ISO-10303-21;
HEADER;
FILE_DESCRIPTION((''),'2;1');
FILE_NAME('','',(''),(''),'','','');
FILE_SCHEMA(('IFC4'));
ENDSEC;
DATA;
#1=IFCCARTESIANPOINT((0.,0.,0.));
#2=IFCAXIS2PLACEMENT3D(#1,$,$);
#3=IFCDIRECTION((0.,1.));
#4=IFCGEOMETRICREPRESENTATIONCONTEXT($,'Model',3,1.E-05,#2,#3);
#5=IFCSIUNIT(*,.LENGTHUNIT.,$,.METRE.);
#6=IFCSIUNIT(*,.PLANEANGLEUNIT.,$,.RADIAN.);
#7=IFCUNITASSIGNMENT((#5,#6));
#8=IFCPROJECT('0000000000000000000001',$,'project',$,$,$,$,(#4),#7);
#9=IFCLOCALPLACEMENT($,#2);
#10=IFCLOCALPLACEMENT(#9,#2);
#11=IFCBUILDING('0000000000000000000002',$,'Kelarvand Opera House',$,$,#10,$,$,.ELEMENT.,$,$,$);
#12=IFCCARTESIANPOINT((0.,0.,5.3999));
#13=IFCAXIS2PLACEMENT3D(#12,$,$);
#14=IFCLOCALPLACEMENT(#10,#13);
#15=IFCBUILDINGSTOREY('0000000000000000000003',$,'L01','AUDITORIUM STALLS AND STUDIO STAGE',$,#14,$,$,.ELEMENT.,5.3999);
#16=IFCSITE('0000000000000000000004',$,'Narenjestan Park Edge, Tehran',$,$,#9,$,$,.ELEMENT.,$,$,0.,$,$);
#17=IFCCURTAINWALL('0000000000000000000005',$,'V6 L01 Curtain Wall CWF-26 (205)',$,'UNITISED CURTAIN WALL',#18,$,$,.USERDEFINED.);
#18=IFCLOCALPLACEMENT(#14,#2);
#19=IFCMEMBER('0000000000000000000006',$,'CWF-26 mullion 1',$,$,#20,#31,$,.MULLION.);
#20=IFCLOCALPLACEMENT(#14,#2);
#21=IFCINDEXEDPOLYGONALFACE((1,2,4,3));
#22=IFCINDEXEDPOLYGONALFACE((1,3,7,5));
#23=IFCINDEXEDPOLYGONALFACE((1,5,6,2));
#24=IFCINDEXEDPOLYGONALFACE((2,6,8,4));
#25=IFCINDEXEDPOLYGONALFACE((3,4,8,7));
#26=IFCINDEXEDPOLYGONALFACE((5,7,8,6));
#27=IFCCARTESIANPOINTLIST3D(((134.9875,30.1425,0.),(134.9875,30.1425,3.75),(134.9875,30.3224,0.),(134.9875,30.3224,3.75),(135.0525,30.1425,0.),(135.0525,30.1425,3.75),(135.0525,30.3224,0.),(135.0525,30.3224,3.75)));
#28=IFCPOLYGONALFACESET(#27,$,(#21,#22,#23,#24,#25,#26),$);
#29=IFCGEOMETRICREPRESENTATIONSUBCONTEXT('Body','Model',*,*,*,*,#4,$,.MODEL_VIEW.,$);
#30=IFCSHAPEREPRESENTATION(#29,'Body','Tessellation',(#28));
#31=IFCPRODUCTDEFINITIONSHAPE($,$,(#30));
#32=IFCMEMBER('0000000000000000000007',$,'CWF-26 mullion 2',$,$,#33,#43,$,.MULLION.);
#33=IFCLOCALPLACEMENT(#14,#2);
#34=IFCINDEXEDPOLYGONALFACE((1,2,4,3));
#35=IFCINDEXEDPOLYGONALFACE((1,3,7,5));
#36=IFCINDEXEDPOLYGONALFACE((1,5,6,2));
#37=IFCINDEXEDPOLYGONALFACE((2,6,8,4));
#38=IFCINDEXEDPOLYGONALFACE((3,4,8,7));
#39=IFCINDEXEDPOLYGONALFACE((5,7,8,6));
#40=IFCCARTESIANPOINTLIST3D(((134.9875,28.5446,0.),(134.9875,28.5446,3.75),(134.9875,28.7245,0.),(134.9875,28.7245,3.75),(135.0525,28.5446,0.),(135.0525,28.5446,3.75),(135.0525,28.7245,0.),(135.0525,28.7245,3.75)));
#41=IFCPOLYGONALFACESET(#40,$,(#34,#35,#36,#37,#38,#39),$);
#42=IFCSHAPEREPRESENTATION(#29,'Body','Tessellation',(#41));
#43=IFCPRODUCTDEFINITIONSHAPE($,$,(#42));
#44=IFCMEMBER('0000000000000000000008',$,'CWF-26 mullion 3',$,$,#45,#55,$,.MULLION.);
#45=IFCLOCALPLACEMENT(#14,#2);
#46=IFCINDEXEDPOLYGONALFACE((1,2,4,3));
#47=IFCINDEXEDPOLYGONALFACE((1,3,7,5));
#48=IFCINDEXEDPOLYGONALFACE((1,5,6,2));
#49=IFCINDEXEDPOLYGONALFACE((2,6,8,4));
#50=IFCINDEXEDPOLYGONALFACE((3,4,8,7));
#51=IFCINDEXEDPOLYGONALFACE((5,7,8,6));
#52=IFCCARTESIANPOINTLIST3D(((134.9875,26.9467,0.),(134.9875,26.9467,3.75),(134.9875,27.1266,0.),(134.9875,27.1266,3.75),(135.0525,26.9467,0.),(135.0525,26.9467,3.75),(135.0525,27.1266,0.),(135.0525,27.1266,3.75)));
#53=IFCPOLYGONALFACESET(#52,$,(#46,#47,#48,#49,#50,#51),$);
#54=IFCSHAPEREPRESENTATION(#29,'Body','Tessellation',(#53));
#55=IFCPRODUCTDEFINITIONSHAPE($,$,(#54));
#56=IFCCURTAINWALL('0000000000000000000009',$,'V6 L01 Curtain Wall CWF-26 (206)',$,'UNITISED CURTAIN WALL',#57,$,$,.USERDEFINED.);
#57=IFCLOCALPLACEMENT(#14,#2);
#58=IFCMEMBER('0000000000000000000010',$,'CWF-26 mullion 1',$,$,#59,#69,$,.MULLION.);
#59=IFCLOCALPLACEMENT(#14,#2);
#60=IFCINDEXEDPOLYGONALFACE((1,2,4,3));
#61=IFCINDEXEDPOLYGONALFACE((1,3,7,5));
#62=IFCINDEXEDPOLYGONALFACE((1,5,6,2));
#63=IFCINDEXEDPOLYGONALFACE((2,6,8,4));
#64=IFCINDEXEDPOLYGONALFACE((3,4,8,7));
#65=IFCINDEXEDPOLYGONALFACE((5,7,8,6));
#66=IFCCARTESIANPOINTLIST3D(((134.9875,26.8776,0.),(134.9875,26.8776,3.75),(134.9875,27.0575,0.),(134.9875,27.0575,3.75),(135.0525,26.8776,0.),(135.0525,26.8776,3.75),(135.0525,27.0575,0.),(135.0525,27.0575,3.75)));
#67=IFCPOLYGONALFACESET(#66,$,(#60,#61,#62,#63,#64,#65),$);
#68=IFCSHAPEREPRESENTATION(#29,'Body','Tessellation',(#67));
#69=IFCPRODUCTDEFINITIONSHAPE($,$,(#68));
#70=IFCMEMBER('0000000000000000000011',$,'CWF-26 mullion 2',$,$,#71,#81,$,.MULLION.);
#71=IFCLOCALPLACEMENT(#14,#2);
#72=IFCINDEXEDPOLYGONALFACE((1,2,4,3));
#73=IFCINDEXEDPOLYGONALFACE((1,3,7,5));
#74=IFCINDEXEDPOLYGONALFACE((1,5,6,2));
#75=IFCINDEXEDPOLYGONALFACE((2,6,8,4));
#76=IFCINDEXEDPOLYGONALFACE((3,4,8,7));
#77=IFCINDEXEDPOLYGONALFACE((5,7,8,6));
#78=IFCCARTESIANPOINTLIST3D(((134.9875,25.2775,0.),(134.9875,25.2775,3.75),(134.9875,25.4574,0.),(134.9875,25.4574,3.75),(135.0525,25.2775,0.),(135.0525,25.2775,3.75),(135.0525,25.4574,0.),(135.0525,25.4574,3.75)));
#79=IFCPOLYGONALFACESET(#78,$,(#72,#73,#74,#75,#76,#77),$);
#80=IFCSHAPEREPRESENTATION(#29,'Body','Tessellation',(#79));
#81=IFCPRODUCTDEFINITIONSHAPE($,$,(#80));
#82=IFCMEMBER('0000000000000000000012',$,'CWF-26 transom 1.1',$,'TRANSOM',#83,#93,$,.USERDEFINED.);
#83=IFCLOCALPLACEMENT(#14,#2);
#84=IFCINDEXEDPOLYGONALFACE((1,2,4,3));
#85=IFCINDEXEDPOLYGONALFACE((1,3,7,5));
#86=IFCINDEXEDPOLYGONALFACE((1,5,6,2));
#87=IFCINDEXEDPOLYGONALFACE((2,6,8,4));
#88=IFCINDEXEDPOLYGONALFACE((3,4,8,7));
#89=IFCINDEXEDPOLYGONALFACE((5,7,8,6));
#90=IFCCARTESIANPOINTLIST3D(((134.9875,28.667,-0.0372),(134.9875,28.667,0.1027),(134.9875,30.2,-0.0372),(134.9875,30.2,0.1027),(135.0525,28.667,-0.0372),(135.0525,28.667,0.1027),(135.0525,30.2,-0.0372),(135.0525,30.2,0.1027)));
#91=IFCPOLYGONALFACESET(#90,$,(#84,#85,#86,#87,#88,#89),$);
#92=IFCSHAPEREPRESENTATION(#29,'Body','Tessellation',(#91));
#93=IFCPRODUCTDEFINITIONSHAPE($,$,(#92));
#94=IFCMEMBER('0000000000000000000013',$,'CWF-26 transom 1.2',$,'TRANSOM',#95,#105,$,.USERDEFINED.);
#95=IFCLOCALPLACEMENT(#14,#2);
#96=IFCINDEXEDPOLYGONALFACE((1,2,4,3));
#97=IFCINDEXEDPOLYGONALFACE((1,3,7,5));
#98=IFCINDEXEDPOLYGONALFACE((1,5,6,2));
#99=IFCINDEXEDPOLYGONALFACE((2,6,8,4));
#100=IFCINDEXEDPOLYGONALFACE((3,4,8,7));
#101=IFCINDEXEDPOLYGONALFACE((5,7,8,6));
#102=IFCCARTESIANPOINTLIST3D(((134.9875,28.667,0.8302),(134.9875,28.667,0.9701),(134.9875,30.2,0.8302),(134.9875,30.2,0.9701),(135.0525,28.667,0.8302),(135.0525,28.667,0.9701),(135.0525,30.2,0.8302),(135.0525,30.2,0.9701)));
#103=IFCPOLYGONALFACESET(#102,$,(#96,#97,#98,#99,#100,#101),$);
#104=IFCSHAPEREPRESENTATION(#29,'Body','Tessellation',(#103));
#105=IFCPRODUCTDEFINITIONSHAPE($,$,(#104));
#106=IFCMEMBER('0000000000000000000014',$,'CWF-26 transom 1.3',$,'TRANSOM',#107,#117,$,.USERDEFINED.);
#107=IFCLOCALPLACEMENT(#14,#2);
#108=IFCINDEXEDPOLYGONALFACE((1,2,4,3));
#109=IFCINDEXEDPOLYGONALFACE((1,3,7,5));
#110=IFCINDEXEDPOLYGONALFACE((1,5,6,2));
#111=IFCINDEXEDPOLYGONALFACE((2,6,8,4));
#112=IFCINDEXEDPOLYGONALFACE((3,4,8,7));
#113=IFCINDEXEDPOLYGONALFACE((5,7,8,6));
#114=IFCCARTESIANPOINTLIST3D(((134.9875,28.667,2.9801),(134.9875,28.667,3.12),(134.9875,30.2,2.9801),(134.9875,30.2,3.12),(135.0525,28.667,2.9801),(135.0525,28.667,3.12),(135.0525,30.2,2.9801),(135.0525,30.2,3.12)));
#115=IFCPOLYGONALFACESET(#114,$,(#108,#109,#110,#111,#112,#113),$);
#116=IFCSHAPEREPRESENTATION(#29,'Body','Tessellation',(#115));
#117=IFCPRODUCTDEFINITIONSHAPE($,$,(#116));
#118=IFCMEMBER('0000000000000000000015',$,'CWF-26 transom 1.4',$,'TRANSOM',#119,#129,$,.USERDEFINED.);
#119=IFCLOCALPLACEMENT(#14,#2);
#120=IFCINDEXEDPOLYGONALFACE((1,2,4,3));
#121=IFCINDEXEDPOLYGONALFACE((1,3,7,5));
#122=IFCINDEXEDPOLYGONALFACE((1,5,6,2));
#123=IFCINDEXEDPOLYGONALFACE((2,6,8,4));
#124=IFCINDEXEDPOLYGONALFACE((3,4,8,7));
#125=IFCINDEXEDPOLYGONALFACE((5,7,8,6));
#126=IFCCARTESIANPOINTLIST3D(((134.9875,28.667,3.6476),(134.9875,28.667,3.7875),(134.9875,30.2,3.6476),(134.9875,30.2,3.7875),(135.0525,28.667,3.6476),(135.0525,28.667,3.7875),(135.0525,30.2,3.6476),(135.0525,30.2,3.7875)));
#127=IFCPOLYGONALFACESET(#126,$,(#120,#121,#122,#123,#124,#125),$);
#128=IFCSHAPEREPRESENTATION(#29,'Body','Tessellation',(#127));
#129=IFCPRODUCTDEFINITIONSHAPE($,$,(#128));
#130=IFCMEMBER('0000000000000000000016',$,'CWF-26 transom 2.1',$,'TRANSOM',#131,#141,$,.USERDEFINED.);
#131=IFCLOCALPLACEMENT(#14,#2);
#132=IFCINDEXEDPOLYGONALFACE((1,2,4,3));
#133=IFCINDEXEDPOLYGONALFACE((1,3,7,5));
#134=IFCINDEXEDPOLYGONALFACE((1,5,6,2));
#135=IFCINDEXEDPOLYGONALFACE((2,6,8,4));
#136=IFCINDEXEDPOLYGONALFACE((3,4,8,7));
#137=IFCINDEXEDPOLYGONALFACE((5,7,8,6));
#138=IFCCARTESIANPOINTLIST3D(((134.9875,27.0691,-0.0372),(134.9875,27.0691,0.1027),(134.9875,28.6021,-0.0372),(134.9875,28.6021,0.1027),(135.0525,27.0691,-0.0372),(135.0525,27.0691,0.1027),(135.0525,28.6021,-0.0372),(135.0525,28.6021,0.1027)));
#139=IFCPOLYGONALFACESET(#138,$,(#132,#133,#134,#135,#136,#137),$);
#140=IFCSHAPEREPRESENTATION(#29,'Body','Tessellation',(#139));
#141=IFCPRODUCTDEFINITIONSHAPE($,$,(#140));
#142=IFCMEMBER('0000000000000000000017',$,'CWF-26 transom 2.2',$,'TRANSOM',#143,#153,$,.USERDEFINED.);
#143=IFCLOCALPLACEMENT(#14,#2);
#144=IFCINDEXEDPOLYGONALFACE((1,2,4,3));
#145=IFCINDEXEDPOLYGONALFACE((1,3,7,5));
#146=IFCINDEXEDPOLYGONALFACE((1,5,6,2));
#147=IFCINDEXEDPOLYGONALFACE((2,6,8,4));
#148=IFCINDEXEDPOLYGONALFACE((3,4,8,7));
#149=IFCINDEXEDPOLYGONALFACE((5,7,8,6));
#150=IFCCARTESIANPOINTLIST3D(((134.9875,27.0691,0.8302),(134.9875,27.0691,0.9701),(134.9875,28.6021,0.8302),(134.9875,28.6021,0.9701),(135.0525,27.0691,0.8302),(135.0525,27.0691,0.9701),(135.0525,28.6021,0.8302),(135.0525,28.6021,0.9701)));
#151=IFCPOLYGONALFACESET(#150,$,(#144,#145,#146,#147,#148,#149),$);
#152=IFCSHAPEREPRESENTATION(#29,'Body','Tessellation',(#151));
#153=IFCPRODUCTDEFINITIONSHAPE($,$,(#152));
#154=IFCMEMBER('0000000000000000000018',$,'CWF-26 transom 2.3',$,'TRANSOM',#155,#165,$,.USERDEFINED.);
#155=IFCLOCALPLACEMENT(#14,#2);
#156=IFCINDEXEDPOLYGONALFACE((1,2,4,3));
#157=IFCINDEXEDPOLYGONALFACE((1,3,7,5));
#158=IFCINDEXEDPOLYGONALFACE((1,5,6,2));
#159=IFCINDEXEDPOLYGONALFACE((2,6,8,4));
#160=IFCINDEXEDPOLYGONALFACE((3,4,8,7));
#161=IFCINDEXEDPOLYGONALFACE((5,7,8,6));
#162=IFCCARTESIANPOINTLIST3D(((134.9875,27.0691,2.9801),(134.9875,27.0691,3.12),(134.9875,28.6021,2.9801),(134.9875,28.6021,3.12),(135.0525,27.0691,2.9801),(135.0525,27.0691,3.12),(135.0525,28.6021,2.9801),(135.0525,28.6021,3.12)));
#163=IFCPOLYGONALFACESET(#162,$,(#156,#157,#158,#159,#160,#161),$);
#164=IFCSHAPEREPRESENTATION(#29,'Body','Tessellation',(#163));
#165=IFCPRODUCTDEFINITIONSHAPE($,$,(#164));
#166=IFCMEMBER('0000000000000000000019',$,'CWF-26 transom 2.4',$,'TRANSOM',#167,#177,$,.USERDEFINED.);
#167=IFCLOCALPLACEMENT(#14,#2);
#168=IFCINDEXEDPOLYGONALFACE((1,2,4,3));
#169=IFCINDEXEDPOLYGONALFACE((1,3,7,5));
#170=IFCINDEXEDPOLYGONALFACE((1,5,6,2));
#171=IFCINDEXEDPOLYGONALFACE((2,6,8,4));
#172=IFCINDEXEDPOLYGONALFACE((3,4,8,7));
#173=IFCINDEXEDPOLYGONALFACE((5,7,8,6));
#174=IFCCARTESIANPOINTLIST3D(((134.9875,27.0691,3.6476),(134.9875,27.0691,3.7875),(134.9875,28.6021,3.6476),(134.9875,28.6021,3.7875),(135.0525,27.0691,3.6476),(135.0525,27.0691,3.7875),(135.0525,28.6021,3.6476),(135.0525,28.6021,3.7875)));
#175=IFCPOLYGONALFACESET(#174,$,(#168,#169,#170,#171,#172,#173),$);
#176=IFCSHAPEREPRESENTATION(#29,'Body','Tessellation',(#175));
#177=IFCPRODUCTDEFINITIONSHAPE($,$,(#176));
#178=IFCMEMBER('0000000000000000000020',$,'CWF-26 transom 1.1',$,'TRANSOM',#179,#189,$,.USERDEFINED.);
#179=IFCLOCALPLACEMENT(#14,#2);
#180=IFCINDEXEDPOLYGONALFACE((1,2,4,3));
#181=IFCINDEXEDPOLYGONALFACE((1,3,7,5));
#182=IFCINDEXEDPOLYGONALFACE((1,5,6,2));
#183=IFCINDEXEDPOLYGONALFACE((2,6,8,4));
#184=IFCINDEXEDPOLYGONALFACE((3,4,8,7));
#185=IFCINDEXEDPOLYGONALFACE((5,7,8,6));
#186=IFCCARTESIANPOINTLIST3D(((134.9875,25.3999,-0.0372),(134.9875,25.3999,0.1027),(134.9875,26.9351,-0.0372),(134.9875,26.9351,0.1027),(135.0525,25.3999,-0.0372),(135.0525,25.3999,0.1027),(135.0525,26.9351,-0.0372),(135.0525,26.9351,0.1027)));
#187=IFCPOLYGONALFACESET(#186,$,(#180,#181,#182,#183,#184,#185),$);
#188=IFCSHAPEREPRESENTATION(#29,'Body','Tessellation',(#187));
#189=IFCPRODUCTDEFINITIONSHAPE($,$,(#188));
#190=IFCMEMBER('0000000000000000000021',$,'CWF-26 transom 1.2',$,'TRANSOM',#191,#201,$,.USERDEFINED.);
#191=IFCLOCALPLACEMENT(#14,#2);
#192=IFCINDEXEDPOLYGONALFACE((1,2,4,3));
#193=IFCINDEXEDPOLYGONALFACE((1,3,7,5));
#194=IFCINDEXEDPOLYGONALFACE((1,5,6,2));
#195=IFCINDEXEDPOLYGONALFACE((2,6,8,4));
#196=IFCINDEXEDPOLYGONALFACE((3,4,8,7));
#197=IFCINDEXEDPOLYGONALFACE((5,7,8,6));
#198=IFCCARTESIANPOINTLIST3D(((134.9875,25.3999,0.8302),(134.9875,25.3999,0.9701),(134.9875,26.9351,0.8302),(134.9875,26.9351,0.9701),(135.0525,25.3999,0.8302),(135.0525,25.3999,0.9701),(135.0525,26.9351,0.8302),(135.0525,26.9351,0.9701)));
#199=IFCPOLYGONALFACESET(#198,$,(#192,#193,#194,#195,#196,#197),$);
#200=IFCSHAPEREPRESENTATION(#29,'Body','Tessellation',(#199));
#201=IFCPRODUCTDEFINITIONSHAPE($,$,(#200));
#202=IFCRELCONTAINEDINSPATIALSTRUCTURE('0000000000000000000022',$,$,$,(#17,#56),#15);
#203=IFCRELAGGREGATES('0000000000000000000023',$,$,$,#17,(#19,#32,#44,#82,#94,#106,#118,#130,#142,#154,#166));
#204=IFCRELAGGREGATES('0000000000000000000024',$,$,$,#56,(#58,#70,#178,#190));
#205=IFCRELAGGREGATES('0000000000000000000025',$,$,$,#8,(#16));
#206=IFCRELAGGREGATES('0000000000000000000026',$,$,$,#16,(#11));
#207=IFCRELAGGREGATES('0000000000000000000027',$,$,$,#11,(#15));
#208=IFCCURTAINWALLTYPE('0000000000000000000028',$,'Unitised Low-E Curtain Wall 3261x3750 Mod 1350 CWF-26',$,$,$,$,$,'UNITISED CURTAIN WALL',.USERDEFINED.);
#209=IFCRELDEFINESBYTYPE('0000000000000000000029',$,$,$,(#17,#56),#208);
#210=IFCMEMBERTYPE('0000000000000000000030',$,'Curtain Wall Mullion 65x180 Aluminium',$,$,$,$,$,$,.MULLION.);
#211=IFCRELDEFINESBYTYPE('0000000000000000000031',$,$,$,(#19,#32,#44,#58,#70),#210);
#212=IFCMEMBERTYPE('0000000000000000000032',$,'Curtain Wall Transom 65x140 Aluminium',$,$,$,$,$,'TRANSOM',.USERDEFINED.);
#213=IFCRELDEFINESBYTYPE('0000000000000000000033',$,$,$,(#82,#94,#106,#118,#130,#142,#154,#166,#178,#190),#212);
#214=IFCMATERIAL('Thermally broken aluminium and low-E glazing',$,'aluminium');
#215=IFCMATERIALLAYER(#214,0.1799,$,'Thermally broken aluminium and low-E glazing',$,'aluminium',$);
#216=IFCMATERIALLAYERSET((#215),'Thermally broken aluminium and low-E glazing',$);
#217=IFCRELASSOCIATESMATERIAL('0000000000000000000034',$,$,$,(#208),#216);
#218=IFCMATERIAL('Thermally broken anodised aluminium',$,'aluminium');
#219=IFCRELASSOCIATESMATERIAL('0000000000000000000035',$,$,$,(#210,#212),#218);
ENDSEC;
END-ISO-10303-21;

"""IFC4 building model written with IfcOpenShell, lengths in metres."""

from ifc_helpers import new_model, si_unit, direction, frame, origin, origin_2d, place, context, subcontext, project, spatial, rectangle, extrude, material, layer, layer_set, material_profile, profile_set, type_object, element, aggregate, save


model = new_model("IFC4")

# Units and contexts
model_context = context("Model", 3, precision=1e-05, world=origin(), true_north=direction((0.0, 1.0)))
body_context = subcontext(model_context, "Body", "Model", "MODEL_VIEW")
ifc_project = project(units=[si_unit("LENGTHUNIT", "METRE"), si_unit("PLANEANGLEUNIT", "RADIAN")], contexts=[model_context])

# Site, building, storey
site_placement = place(None, origin())
site = spatial("IfcSite", under=ifc_project, at=site_placement, Name="Narenjestan Park Edge, Tehran", CompositionType="ELEMENT", RefElevation=0.0)
building_placement = place(site_placement, origin())
building = spatial("IfcBuilding", under=site, at=building_placement, Name="Kelarvand Opera House", CompositionType="ELEMENT")
storey_placement = place(building_placement, frame((0.0, 0.0, 5.3999)))
storey = spatial("IfcBuildingStorey", under=building, at=storey_placement, Name="L01", Description="AUDITORIUM STALLS AND STUDIO STAGE", CompositionType="ELEMENT", Elevation=5.3999)

# Curtain walls, members
ifc_material_1 = material(Name="Thermally broken aluminium and low-E glazing", Category="aluminium")
ifc_layer_1 = layer(ifc_material_1, 0.1799, Name="Thermally broken aluminium and low-E glazing", Category="aluminium")
ifc_layer_set_1 = layer_set([ifc_layer_1], Name="Thermally broken aluminium and low-E glazing")
curtain_wall_type = type_object("IfcCurtainWallType", Name="Unitised Low-E Curtain Wall 3261x3750 Mod 1350 CWF-26", ElementType="UNITISED CURTAIN WALL", PredefinedType="USERDEFINED", material=ifc_layer_set_1)
curtain_wall_1_placement = place(storey_placement, origin())
curtain_wall_1 = element("IfcCurtainWall", 1, at=curtain_wall_1_placement, inside=storey, type_object=curtain_wall_type, Name="V6 L01 Curtain Wall CWF-26 (205)", ObjectType="UNITISED CURTAIN WALL", PredefinedType="USERDEFINED")
ifc_material_2 = material(Name="Thermally broken anodised aluminium", Category="aluminium")
ifc_material_profile_1 = material_profile(ifc_material_2, rectangle(XDim=0.0649, YDim=0.1799, at=origin_2d()), Name="ALU MULLION 65x180", Category="aluminium")
ifc_profile_set_1 = profile_set([ifc_material_profile_1], Name="Thermally broken anodised aluminium")
member_type_1 = type_object("IfcMemberType", Name="Curtain Wall Mullion 65x180 Aluminium", PredefinedType="MULLION", material=ifc_profile_set_1)
member_1_placement = place(storey_placement, frame((135.02, 30.2324, 0.0), z_axis=(0.0, 0.0, 1.0), x_axis=(1.0, 0.0, 0.0)))
member_1 = element("IfcMember", 2, at=member_1_placement, type_object=member_type_1, Name="CWF-26 mullion 1", PredefinedType="MULLION", context=body_context, shape_type="SweptSolid", body=[
    extrude(rectangle(XDim=0.0649, YDim=0.1799, at=origin_2d()), origin(), (0.0, 0.0, 1.0), 3.75),
])
member_2_placement = place(storey_placement, frame((135.02, 28.6345, 0.0), z_axis=(0.0, 0.0, 1.0), x_axis=(1.0, 0.0, 0.0)))
member_2 = element("IfcMember", 3, at=member_2_placement, type_object=member_type_1, Name="CWF-26 mullion 2", PredefinedType="MULLION", context=body_context, shape_type="SweptSolid", body=[
    extrude(rectangle(XDim=0.0649, YDim=0.1799, at=origin_2d()), origin(), (0.0, 0.0, 1.0), 3.75),
])
member_3_placement = place(storey_placement, frame((135.02, 27.0366, 0.0), z_axis=(0.0, 0.0, 1.0), x_axis=(1.0, 0.0, 0.0)))
member_3 = element("IfcMember", 4, at=member_3_placement, type_object=member_type_1, Name="CWF-26 mullion 3", PredefinedType="MULLION", context=body_context, shape_type="SweptSolid", body=[
    extrude(rectangle(XDim=0.0649, YDim=0.1799, at=origin_2d()), origin(), (0.0, 0.0, 1.0), 3.75),
])
curtain_wall_2_placement = place(storey_placement, origin())
curtain_wall_2 = element("IfcCurtainWall", 5, at=curtain_wall_2_placement, inside=storey, type_object=curtain_wall_type, Name="V6 L01 Curtain Wall CWF-26 (206)", ObjectType="UNITISED CURTAIN WALL", PredefinedType="USERDEFINED")
member_4_placement = place(storey_placement, frame((135.02, 26.9675, 0.0), z_axis=(0.0, 0.0, 1.0), x_axis=(1.0, 0.0, 0.0)))
member_4 = element("IfcMember", 6, at=member_4_placement, type_object=member_type_1, Name="CWF-26 mullion 1", PredefinedType="MULLION", context=body_context, shape_type="SweptSolid", body=[
    extrude(rectangle(XDim=0.0649, YDim=0.1799, at=origin_2d()), origin(), (0.0, 0.0, 1.0), 3.75),
])
member_5_placement = place(storey_placement, frame((135.02, 25.3674, 0.0), z_axis=(0.0, 0.0, 1.0), x_axis=(1.0, 0.0, 0.0)))
member_5 = element("IfcMember", 7, at=member_5_placement, type_object=member_type_1, Name="CWF-26 mullion 2", PredefinedType="MULLION", context=body_context, shape_type="SweptSolid", body=[
    extrude(rectangle(XDim=0.0649, YDim=0.1799, at=origin_2d()), origin(), (0.0, 0.0, 1.0), 3.75),
])

# Members
ifc_material_profile_2 = material_profile(ifc_material_2, rectangle(XDim=0.0649, YDim=0.1399, at=origin_2d()), Name="ALU TRANSOM 65x140", Category="aluminium")
ifc_profile_set_2 = profile_set([ifc_material_profile_2], Name="Thermally broken anodised aluminium")
member_type_2 = type_object("IfcMemberType", Name="Curtain Wall Transom 65x140 Aluminium", ElementType="TRANSOM", PredefinedType="USERDEFINED", material=ifc_profile_set_2)
member_6_placement = place(storey_placement, frame((135.02, 30.2, 0.0327), z_axis=(0.0, -1.0, 0.0), x_axis=(1.0, 0.0, 0.0)))
member_6 = element("IfcMember", 8, at=member_6_placement, type_object=member_type_2, Name="CWF-26 transom 1.1", ObjectType="TRANSOM", PredefinedType="USERDEFINED", context=body_context, shape_type="SweptSolid", body=[
    extrude(rectangle(XDim=0.0649, YDim=0.1399, at=origin_2d()), origin(), (0.0, 0.0, 1.0), 1.533),
])
member_7_placement = place(storey_placement, frame((135.02, 30.2, 0.9001), z_axis=(0.0, -1.0, 0.0), x_axis=(1.0, 0.0, 0.0)))
member_7 = element("IfcMember", 9, at=member_7_placement, type_object=member_type_2, Name="CWF-26 transom 1.2", ObjectType="TRANSOM", PredefinedType="USERDEFINED", context=body_context, shape_type="SweptSolid", body=[
    extrude(rectangle(XDim=0.0649, YDim=0.1399, at=origin_2d()), origin(), (0.0, 0.0, 1.0), 1.533),
])
member_8_placement = place(storey_placement, frame((135.02, 30.2, 3.05), z_axis=(0.0, -1.0, 0.0), x_axis=(1.0, 0.0, 0.0)))
member_8 = element("IfcMember", 10, at=member_8_placement, type_object=member_type_2, Name="CWF-26 transom 1.3", ObjectType="TRANSOM", PredefinedType="USERDEFINED", context=body_context, shape_type="SweptSolid", body=[
    extrude(rectangle(XDim=0.0649, YDim=0.1399, at=origin_2d()), origin(), (0.0, 0.0, 1.0), 1.533),
])
member_9_placement = place(storey_placement, frame((135.02, 30.2, 3.7175), z_axis=(0.0, -1.0, 0.0), x_axis=(1.0, 0.0, 0.0)))
member_9 = element("IfcMember", 11, at=member_9_placement, type_object=member_type_2, Name="CWF-26 transom 1.4", ObjectType="TRANSOM", PredefinedType="USERDEFINED", context=body_context, shape_type="SweptSolid", body=[
    extrude(rectangle(XDim=0.0649, YDim=0.1399, at=origin_2d()), origin(), (0.0, 0.0, 1.0), 1.533),
])
member_10_placement = place(storey_placement, frame((135.02, 28.6021, 0.0327), z_axis=(0.0, -1.0, 0.0), x_axis=(1.0, 0.0, 0.0)))
member_10 = element("IfcMember", 12, at=member_10_placement, type_object=member_type_2, Name="CWF-26 transom 2.1", ObjectType="TRANSOM", PredefinedType="USERDEFINED", context=body_context, shape_type="SweptSolid", body=[
    extrude(rectangle(XDim=0.0649, YDim=0.1399, at=origin_2d()), origin(), (0.0, 0.0, 1.0), 1.533),
])
member_11_placement = place(storey_placement, frame((135.02, 28.6021, 0.9001), z_axis=(0.0, -1.0, 0.0), x_axis=(1.0, 0.0, 0.0)))
member_11 = element("IfcMember", 13, at=member_11_placement, type_object=member_type_2, Name="CWF-26 transom 2.2", ObjectType="TRANSOM", PredefinedType="USERDEFINED", context=body_context, shape_type="SweptSolid", body=[
    extrude(rectangle(XDim=0.0649, YDim=0.1399, at=origin_2d()), origin(), (0.0, 0.0, 1.0), 1.533),
])
member_12_placement = place(storey_placement, frame((135.02, 28.6021, 3.05), z_axis=(0.0, -1.0, 0.0), x_axis=(1.0, 0.0, 0.0)))
member_12 = element("IfcMember", 14, at=member_12_placement, type_object=member_type_2, Name="CWF-26 transom 2.3", ObjectType="TRANSOM", PredefinedType="USERDEFINED", context=body_context, shape_type="SweptSolid", body=[
    extrude(rectangle(XDim=0.0649, YDim=0.1399, at=origin_2d()), origin(), (0.0, 0.0, 1.0), 1.533),
])
member_13_placement = place(storey_placement, frame((135.02, 28.6021, 3.7175), z_axis=(0.0, -1.0, 0.0), x_axis=(1.0, 0.0, 0.0)))
member_13 = element("IfcMember", 15, at=member_13_placement, type_object=member_type_2, Name="CWF-26 transom 2.4", ObjectType="TRANSOM", PredefinedType="USERDEFINED", context=body_context, shape_type="SweptSolid", body=[
    extrude(rectangle(XDim=0.0649, YDim=0.1399, at=origin_2d()), origin(), (0.0, 0.0, 1.0), 1.533),
])
member_14_placement = place(storey_placement, frame((135.02, 26.9351, 0.0327), z_axis=(0.0, -1.0, 0.0), x_axis=(1.0, 0.0, 0.0)))
member_14 = element("IfcMember", 16, at=member_14_placement, type_object=member_type_2, Name="CWF-26 transom 1.1", ObjectType="TRANSOM", PredefinedType="USERDEFINED", context=body_context, shape_type="SweptSolid", body=[
    extrude(rectangle(XDim=0.0649, YDim=0.1399, at=origin_2d()), origin(), (0.0, 0.0, 1.0), 1.5352),
])
member_15_placement = place(storey_placement, frame((135.02, 26.9351, 0.9001), z_axis=(0.0, -1.0, 0.0), x_axis=(1.0, 0.0, 0.0)))
member_15 = element("IfcMember", 17, at=member_15_placement, type_object=member_type_2, Name="CWF-26 transom 1.2", ObjectType="TRANSOM", PredefinedType="USERDEFINED", context=body_context, shape_type="SweptSolid", body=[
    extrude(rectangle(XDim=0.0649, YDim=0.1399, at=origin_2d()), origin(), (0.0, 0.0, 1.0), 1.5352),
])

aggregate(curtain_wall_1, [member_1, member_2, member_3, member_6, member_7, member_8, member_9, member_10, member_11, member_12, member_13])
aggregate(curtain_wall_2, [member_4, member_5, member_14, member_15])

save(model, "model.ifc")
